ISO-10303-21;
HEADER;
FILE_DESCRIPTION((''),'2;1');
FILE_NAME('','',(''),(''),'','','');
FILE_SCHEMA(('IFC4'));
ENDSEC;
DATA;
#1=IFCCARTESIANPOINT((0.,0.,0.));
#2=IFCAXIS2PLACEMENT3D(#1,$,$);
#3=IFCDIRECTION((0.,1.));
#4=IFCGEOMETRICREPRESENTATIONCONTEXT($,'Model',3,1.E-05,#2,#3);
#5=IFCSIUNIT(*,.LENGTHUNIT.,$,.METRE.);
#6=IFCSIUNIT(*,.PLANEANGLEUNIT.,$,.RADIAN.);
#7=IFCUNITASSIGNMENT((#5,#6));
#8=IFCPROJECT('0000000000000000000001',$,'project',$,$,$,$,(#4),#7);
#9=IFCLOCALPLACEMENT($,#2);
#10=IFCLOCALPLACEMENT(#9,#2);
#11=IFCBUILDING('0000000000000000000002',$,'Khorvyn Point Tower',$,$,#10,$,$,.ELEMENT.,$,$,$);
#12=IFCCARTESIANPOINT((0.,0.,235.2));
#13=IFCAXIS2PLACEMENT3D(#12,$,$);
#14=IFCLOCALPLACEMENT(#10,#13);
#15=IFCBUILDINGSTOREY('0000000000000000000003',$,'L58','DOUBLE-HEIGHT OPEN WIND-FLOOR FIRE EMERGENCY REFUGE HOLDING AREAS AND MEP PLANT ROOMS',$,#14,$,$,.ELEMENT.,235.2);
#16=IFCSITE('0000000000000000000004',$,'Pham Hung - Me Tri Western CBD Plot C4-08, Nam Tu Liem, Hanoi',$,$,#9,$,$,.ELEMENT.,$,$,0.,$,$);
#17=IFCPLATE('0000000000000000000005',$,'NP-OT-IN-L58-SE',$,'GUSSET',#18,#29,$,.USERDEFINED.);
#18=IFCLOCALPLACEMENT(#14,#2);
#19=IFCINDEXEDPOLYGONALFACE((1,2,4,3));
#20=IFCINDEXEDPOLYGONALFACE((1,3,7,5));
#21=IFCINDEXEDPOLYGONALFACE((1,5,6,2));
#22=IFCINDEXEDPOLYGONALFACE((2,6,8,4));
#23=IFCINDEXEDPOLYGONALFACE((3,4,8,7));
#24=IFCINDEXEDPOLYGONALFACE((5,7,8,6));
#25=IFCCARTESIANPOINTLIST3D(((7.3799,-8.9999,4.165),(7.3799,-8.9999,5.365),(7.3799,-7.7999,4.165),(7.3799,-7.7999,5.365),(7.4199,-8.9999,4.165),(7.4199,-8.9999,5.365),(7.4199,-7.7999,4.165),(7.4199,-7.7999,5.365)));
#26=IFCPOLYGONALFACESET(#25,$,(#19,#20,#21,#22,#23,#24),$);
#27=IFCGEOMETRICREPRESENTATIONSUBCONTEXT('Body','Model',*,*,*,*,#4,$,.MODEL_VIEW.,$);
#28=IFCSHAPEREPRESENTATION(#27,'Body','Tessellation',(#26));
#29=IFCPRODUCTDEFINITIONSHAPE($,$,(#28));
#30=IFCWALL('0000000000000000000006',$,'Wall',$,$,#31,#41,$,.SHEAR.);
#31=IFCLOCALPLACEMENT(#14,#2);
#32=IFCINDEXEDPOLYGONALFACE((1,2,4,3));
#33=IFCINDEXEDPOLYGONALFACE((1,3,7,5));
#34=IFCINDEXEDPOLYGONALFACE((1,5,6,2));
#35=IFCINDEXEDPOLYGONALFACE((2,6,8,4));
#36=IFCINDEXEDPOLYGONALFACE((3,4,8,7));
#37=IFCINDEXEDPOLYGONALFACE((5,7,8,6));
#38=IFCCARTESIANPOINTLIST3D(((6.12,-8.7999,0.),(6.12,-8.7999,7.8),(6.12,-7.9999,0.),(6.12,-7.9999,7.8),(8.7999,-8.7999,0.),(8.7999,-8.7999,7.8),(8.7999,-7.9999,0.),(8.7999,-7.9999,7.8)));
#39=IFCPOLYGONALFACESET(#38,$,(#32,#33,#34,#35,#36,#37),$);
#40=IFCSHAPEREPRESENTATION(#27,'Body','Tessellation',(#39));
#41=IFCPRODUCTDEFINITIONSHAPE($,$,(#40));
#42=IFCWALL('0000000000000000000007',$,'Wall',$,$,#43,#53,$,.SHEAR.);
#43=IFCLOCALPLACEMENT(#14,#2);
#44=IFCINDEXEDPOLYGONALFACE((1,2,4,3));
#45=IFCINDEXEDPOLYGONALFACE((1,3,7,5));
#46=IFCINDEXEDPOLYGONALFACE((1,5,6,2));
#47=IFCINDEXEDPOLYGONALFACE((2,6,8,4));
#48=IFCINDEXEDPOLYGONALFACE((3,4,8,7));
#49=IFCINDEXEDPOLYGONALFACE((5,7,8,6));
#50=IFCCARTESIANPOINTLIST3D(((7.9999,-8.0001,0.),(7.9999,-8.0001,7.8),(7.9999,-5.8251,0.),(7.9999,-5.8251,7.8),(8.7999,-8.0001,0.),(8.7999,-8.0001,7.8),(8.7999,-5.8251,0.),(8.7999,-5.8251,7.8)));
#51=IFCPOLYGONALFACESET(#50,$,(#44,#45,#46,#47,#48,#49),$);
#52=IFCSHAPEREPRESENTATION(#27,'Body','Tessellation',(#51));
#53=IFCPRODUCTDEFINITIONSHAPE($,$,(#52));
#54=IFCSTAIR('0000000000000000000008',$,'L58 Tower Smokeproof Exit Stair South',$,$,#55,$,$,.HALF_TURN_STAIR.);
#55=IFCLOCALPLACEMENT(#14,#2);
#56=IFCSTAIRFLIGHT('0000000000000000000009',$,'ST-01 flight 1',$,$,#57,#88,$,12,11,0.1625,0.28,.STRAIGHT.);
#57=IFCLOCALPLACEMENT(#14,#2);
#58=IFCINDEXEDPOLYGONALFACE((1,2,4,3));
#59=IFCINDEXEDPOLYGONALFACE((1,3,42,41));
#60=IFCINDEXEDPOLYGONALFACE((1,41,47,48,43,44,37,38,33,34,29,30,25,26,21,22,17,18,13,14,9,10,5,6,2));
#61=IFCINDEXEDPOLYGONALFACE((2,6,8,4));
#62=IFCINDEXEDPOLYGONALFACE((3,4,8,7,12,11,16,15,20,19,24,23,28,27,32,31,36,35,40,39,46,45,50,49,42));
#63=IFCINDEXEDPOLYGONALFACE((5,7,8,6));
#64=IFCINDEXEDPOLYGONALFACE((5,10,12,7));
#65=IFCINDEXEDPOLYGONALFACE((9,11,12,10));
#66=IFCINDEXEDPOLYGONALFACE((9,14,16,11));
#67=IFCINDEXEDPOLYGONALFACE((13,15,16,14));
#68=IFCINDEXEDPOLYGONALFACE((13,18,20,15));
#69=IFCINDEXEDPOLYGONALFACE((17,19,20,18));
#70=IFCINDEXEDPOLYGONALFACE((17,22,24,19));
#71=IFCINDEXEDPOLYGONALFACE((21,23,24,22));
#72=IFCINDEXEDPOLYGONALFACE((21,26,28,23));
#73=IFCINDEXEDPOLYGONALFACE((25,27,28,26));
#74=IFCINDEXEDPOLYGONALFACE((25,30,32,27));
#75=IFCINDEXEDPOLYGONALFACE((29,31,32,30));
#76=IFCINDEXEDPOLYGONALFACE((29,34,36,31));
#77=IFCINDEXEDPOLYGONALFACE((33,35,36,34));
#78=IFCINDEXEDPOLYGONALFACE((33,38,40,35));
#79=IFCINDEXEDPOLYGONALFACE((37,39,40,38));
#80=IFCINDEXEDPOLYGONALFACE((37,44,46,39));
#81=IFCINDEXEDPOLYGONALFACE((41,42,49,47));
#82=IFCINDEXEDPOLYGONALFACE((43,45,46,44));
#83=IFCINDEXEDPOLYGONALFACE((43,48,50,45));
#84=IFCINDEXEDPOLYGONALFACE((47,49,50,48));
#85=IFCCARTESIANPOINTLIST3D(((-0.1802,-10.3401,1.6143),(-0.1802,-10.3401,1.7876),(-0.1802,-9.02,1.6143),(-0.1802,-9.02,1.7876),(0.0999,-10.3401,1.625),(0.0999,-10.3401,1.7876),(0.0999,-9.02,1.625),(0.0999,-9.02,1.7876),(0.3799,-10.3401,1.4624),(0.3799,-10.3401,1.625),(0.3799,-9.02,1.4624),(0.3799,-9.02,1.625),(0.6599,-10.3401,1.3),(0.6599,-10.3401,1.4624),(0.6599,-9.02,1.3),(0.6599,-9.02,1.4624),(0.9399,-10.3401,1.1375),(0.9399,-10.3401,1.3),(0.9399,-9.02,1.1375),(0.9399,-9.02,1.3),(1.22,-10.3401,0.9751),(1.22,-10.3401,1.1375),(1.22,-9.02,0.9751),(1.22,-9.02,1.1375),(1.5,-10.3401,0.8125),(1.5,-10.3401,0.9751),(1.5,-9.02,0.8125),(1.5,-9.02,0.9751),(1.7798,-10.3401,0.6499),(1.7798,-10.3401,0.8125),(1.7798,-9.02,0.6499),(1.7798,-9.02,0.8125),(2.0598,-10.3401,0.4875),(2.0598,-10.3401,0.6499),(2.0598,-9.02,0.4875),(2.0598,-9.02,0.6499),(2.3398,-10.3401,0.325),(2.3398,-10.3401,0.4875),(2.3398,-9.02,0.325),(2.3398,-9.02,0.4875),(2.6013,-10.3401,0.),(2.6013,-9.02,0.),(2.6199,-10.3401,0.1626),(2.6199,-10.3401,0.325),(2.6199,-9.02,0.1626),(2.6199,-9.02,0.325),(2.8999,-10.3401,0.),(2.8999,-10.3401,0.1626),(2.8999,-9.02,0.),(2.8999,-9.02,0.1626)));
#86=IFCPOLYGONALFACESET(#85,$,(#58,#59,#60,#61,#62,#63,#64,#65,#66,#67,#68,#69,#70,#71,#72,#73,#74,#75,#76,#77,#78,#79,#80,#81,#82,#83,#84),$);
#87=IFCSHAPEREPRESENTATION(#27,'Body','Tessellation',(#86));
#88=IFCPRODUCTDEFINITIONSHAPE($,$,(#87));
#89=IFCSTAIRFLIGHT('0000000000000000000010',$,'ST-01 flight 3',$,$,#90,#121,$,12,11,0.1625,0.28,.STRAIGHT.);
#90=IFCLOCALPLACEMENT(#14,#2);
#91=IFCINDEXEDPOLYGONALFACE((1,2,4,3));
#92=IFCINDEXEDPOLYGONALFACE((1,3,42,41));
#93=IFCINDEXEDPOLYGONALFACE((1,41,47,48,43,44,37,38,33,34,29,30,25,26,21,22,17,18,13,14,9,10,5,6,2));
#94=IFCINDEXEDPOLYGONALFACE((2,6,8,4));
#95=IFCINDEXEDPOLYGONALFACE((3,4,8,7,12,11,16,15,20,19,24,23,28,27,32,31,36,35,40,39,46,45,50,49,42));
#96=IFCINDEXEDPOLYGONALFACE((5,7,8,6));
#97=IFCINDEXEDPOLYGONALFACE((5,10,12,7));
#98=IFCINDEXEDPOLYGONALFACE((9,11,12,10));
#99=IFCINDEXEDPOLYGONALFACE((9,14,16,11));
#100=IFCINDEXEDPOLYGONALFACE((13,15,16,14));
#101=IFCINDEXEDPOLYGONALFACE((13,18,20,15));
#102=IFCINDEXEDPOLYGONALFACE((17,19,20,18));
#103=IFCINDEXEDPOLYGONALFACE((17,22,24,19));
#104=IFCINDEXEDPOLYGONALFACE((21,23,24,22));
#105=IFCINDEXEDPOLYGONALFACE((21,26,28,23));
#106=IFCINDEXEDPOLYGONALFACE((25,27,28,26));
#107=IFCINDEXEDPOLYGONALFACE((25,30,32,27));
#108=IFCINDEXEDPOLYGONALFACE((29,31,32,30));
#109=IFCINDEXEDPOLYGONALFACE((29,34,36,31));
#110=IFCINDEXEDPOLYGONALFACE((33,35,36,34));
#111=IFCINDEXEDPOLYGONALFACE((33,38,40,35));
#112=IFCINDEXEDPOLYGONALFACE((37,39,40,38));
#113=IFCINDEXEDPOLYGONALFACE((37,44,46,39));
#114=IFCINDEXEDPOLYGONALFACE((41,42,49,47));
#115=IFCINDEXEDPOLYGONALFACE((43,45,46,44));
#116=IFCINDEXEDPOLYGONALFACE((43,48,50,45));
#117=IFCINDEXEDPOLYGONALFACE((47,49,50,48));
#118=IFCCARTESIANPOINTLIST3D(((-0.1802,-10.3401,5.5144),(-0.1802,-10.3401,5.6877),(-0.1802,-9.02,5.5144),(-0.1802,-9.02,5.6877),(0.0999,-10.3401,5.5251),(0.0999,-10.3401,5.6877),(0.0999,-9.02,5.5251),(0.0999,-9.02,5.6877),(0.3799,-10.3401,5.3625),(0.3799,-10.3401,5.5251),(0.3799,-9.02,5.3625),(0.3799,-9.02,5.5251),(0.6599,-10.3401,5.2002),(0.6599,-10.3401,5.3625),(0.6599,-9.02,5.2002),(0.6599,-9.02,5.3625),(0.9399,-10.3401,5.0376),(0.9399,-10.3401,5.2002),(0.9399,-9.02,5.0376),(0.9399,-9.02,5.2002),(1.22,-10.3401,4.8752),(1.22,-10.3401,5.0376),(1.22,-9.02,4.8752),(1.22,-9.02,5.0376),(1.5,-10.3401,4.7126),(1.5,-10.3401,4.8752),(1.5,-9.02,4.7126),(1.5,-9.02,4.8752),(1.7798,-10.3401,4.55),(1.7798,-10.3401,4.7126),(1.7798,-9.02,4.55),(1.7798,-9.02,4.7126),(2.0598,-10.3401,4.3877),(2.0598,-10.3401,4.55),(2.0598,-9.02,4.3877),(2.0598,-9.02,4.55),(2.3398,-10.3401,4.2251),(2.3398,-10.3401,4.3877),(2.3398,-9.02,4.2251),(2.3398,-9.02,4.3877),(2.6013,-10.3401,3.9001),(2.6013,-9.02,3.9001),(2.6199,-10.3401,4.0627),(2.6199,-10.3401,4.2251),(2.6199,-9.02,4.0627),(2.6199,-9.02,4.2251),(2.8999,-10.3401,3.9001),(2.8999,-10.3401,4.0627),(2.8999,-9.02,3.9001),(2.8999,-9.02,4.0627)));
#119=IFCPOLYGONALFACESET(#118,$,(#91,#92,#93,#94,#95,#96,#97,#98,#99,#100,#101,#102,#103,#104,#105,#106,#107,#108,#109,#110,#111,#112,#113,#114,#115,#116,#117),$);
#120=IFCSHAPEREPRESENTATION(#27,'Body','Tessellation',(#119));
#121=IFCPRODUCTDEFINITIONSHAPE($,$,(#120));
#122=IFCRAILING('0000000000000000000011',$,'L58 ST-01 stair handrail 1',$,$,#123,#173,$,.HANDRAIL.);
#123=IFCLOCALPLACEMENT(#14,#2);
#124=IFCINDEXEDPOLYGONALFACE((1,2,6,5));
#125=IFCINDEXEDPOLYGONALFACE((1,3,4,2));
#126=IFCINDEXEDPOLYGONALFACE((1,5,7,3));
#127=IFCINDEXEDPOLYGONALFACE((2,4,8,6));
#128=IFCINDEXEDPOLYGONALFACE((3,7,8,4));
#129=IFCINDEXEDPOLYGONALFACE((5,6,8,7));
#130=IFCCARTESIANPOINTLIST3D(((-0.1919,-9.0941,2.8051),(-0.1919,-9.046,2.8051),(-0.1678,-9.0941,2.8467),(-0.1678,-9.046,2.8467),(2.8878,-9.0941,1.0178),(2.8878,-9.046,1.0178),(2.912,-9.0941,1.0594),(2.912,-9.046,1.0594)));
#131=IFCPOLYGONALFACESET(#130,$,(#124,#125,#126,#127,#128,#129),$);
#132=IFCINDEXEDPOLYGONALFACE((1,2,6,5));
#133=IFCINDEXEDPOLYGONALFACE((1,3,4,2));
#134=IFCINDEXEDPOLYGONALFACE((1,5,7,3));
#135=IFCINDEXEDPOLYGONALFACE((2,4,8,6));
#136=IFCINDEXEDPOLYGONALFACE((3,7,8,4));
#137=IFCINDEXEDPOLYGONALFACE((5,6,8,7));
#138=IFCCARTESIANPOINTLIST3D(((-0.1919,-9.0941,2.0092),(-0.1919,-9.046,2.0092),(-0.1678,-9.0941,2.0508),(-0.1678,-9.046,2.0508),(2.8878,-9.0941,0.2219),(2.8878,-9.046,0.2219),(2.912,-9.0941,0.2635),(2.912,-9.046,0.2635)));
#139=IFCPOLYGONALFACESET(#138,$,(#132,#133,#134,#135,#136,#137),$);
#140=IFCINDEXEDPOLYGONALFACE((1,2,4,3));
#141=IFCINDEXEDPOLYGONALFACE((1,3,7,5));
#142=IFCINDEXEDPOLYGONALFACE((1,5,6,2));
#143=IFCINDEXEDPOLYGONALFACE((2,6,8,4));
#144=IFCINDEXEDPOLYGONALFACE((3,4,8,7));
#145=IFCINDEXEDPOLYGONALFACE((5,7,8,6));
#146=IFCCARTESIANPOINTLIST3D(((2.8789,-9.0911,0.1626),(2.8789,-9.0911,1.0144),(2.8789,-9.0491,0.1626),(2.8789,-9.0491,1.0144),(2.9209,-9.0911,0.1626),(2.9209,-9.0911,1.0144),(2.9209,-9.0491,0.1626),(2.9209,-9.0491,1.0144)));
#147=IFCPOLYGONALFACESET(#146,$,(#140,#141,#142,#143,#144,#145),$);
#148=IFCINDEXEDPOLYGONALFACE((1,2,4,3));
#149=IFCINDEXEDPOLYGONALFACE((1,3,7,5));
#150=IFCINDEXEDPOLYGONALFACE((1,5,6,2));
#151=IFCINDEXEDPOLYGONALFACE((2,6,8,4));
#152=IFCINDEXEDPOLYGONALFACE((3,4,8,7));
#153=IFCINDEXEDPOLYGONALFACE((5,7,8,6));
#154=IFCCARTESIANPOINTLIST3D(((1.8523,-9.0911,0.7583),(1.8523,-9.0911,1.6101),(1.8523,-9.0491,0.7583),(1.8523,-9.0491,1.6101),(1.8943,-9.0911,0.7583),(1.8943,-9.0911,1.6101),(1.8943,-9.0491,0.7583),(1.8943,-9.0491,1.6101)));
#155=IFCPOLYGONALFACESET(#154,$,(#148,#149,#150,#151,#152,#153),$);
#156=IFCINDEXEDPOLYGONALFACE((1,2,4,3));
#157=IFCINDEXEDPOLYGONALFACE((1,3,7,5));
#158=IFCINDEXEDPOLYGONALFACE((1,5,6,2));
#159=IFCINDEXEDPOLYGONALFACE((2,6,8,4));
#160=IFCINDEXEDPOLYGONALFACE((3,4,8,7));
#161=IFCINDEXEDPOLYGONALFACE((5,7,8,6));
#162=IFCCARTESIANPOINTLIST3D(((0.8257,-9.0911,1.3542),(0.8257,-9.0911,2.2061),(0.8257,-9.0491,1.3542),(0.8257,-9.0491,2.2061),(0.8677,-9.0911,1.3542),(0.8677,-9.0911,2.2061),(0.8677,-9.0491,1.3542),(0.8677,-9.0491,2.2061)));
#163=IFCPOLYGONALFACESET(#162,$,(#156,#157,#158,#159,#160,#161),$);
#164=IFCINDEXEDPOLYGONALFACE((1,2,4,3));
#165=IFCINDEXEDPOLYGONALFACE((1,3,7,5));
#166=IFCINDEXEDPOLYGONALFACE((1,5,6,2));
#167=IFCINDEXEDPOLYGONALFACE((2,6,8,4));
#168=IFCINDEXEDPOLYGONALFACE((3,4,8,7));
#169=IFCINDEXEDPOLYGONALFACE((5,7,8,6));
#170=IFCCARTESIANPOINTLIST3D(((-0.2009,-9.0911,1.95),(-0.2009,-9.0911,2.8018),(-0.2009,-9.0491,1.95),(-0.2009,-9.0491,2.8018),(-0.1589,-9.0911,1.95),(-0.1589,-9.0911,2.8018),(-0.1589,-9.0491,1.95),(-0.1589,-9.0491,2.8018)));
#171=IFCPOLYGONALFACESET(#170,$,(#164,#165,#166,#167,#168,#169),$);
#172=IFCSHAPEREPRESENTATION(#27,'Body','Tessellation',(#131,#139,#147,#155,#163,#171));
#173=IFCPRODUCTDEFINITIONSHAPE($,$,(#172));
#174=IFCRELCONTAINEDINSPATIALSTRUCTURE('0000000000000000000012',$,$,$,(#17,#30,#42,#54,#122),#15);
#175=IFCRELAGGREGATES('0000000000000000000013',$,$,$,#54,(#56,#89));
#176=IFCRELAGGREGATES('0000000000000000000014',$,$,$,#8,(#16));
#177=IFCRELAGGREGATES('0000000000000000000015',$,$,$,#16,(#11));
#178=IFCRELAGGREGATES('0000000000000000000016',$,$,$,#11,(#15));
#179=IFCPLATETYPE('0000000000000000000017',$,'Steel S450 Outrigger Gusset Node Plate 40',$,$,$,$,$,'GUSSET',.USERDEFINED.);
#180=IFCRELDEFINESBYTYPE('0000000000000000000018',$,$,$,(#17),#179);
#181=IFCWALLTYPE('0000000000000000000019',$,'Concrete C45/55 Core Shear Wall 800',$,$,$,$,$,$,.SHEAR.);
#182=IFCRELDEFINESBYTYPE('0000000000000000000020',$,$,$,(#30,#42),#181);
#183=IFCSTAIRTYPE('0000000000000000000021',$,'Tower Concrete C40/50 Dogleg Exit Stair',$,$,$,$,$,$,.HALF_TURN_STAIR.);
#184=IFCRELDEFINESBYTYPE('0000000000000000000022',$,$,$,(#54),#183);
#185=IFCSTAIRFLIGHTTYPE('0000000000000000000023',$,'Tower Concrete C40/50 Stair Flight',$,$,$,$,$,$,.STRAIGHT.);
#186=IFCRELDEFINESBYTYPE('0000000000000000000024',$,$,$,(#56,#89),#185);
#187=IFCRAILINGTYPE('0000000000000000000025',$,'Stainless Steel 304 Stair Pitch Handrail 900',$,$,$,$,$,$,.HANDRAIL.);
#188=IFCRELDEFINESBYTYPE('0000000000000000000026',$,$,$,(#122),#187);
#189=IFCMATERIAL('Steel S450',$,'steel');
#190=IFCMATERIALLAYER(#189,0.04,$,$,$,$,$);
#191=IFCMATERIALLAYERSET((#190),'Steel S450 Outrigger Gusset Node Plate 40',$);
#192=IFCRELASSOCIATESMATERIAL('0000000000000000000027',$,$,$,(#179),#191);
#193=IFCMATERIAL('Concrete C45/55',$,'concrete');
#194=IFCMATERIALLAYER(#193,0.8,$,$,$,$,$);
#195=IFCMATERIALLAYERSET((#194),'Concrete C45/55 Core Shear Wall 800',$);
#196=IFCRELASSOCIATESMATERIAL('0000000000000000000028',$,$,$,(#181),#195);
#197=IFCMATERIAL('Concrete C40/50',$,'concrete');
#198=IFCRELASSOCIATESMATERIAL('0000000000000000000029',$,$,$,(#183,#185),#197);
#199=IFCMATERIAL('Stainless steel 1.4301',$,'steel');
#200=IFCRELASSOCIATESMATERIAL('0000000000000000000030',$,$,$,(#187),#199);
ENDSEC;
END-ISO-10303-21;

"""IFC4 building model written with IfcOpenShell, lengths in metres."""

from ifc_helpers import new_model, si_unit, direction, frame, frame_2d, origin, origin_2d, place, context, subcontext, project, spatial, polyline, rectangle, outline, extrude, material, layer, layer_set, type_object, element, aggregate, save


model = new_model("IFC4")

# Units and contexts
model_context = context("Model", 3, precision=1e-05, world=origin(), true_north=direction((0.0, 1.0)))
body_context = subcontext(model_context, "Body", "Model", "MODEL_VIEW")
ifc_project = project(units=[si_unit("LENGTHUNIT", "METRE"), si_unit("PLANEANGLEUNIT", "RADIAN")], contexts=[model_context])

# Site, building, storey
site_placement = place(None, origin())
site = spatial("IfcSite", under=ifc_project, at=site_placement, Name="Pham Hung - Me Tri Western CBD Plot C4-08, Nam Tu Liem, Hanoi", CompositionType="ELEMENT", RefElevation=0.0)
building_placement = place(site_placement, origin())
building = spatial("IfcBuilding", under=site, at=building_placement, Name="Khorvyn Point Tower", CompositionType="ELEMENT")
storey_placement = place(building_placement, frame((0.0, 0.0, 235.2)))
storey = spatial("IfcBuildingStorey", under=building, at=storey_placement, Name="L58", Description="DOUBLE-HEIGHT OPEN WIND-FLOOR FIRE EMERGENCY REFUGE HOLDING AREAS AND MEP PLANT ROOMS", CompositionType="ELEMENT", Elevation=235.2)

# Shared definitions
ifc_material_1 = material(Name="Concrete C45/55", Category="concrete")

# Shared definitions
ifc_material_2 = material(Name="Steel S450", Category="steel")

# Plate
ifc_layer_1 = layer(ifc_material_2, 0.04)
ifc_layer_set_1 = layer_set([ifc_layer_1], Name="Steel S450 Outrigger Gusset Node Plate 40")
plate_type = type_object("IfcPlateType", Name="Steel S450 Outrigger Gusset Node Plate 40", ElementType="GUSSET", PredefinedType="USERDEFINED", material=ifc_layer_set_1)
plate_placement = place(storey_placement, frame((7.3999, -8.3999, 4.165), z_axis=(0.0, 0.0, 1.0), x_axis=(1.0, 0.0, 0.0)))
element("IfcPlate", 1, at=plate_placement, inside=storey, type_object=plate_type, Name="NP-OT-IN-L58-SE", ObjectType="GUSSET", PredefinedType="USERDEFINED", context=body_context, shape_type="SweptSolid", body=[
    extrude(rectangle(XDim=0.04, YDim=1.2, at=origin_2d()), origin(), (0.0, 0.0, 1.0), 1.2),
])

# Shared definitions
ifc_material_3 = material(Name="Concrete C40/50", Category="concrete")

# Walls
ifc_layer_2 = layer(ifc_material_1, 0.8)
ifc_layer_set_2 = layer_set([ifc_layer_2], Name="Concrete C45/55 Core Shear Wall 800")
wall_type_1 = type_object("IfcWallType", Name="Concrete C45/55 Core Shear Wall 800", PredefinedType="SHEAR", material=ifc_layer_set_2)
wall_1_placement = place(storey_placement, frame((6.1201, -8.3999, 0.0), z_axis=(0.0, 0.0, 1.0), x_axis=(1.0, 0.0, 0.0)))
element("IfcWall", 2, at=wall_1_placement, inside=storey, type_object=wall_type_1, Name="Wall", PredefinedType="SHEAR", context=body_context, shape_type="SweptSolid", body=[
    extrude(rectangle(XDim=2.6799, YDim=0.8, at=frame_2d((1.3398, 0.0))), origin(), (0.0, 0.0, 1.0), 7.8),
])
wall_2_placement = place(storey_placement, frame((8.3999, -8.0, 0.0), z_axis=(0.0, 0.0, 1.0), x_axis=(0.0, 1.0, 0.0)))
element("IfcWall", 3, at=wall_2_placement, inside=storey, type_object=wall_type_1, Name="Wall", PredefinedType="SHEAR", context=body_context, shape_type="SweptSolid", body=[
    extrude(rectangle(XDim=2.175, YDim=0.8, at=frame_2d((1.0874, 0.0))), origin(), (0.0, 0.0, 1.0), 7.8),
])

# Stair, stair flights
stair_type = type_object("IfcStairType", Name="Tower Concrete C40/50 Dogleg Exit Stair", PredefinedType="HALF_TURN_STAIR", material=ifc_material_3)
stair_placement = place(storey_placement, origin())
stair = element("IfcStair", 4, at=stair_placement, inside=storey, type_object=stair_type, Name="L58 Tower Smokeproof Exit Stair South", PredefinedType="HALF_TURN_STAIR")
stair_flight_type = type_object("IfcStairFlightType", Name="Tower Concrete C40/50 Stair Flight", PredefinedType="STRAIGHT", material=ifc_material_3)
stair_flight_1_placement = place(storey_placement, frame((2.8999, -9.6799, 0.0), z_axis=(0.0, 0.0, 1.0), x_axis=(-1.0, 0.0, 0.0)))
stair_flight_1 = element("IfcStairFlight", 5, at=stair_flight_1_placement, type_object=stair_flight_type, Name="ST-01 flight 1", NumberOfRisers=12, NumberOfTreads=11, PredefinedType="STRAIGHT", RiserHeight=0.1625, TreadLength=0.28, context=body_context, shape_type="SweptSolid", body=[
    extrude(outline(polyline([(0.0, 0.0), (0.0, 0.1626), (0.28, 0.1626), (0.28, 0.325), (0.5601, 0.325), (0.5601, 0.4875), (0.8401, 0.4875), (0.8401, 0.6499), (1.1201, 0.6499), (1.1201, 0.8125), (1.3999, 0.8125), (1.3999, 0.9751), (1.6799, 0.9751), (1.6799, 1.1375), (1.96, 1.1375), (1.96, 1.3), (2.24, 1.3), (2.24, 1.4624), (2.52, 1.4624), (2.52, 1.625), (2.8, 1.625), (2.8, 1.7876), (3.0801, 1.7876), (3.0801, 1.95), (3.0801, 1.6143), (0.2986, 0.0), (0.0, 0.0)])), frame((0.0, 0.6602, 0.0), z_axis=(0.0, -1.0, 0.0), x_axis=(1.0, 0.0, 0.0)), (0.0, 0.0, 1.0), 1.3201),
])
stair_flight_2_placement = place(storey_placement, frame((2.8999, -9.6799, 3.9001), z_axis=(0.0, 0.0, 1.0), x_axis=(-1.0, 0.0, 0.0)))
stair_flight_2 = element("IfcStairFlight", 6, at=stair_flight_2_placement, type_object=stair_flight_type, Name="ST-01 flight 3", NumberOfRisers=12, NumberOfTreads=11, PredefinedType="STRAIGHT", RiserHeight=0.1625, TreadLength=0.28, context=body_context, shape_type="SweptSolid", body=[
    extrude(outline(polyline([(0.0, 0.0), (0.0, 0.1626), (0.28, 0.1626), (0.28, 0.325), (0.5601, 0.325), (0.5601, 0.4875), (0.8401, 0.4875), (0.8401, 0.6499), (1.1201, 0.6499), (1.1201, 0.8125), (1.3999, 0.8125), (1.3999, 0.9751), (1.6799, 0.9751), (1.6799, 1.1375), (1.96, 1.1375), (1.96, 1.3), (2.24, 1.3), (2.24, 1.4624), (2.52, 1.4624), (2.52, 1.625), (2.8, 1.625), (2.8, 1.7876), (3.0801, 1.7876), (3.0801, 1.95), (3.0801, 1.6143), (0.2986, 0.0), (0.0, 0.0)])), frame((0.0, 0.6602, 0.0), z_axis=(0.0, -1.0, 0.0), x_axis=(1.0, 0.0, 0.0)), (0.0, 0.0, 1.0), 1.3201),
])
aggregate(stair, [stair_flight_1, stair_flight_2])

# Railing
ifc_material_4 = material(Name="Stainless steel 1.4301", Category="steel")
railing_type_1 = type_object("IfcRailingType", Name="Stainless Steel 304 Stair Pitch Handrail 900", PredefinedType="HANDRAIL", material=ifc_material_4)
railing_1_placement = place(storey_placement, frame((2.8999, -9.0701, 0.1626)))
element("IfcRailing", 7, at=railing_1_placement, inside=storey, type_object=railing_type_1, Name="L58 ST-01 stair handrail 1", PredefinedType="HANDRAIL", context=body_context, shape_type="SweptSolid", body=[
    extrude(rectangle(XDim=0.0481, YDim=0.0481, at=origin_2d()), frame((0.0, 0.0, 0.876), z_axis=(-0.864903, 0.0, 0.501939), x_axis=(0.0, -1.0, 0.0)), (0.0, 0.0, 1.0), 3.5608),
    extrude(rectangle(XDim=0.0481, YDim=0.0481, at=origin_2d()), frame((0.0, 0.0, 0.0801), z_axis=(-0.864903, 0.0, 0.501939), x_axis=(0.0, -1.0, 0.0)), (0.0, 0.0, 1.0), 3.5608),
    extrude(rectangle(XDim=0.042, YDim=0.042, at=origin_2d()), origin(), (0.0, 0.0, 1.0), 0.8518),
    extrude(rectangle(XDim=0.042, YDim=0.042, at=origin_2d()), frame((-1.0266, 0.0, 0.5957)), (0.0, 0.0, 1.0), 0.8518),
    extrude(rectangle(XDim=0.042, YDim=0.042, at=origin_2d()), frame((-2.0532, 0.0, 1.1917)), (0.0, 0.0, 1.0), 0.8518),
    extrude(rectangle(XDim=0.042, YDim=0.042, at=origin_2d()), frame((-3.0798, 0.0, 1.7874)), (0.0, 0.0, 1.0), 0.8518),
])

save(model, "model.ifc")
